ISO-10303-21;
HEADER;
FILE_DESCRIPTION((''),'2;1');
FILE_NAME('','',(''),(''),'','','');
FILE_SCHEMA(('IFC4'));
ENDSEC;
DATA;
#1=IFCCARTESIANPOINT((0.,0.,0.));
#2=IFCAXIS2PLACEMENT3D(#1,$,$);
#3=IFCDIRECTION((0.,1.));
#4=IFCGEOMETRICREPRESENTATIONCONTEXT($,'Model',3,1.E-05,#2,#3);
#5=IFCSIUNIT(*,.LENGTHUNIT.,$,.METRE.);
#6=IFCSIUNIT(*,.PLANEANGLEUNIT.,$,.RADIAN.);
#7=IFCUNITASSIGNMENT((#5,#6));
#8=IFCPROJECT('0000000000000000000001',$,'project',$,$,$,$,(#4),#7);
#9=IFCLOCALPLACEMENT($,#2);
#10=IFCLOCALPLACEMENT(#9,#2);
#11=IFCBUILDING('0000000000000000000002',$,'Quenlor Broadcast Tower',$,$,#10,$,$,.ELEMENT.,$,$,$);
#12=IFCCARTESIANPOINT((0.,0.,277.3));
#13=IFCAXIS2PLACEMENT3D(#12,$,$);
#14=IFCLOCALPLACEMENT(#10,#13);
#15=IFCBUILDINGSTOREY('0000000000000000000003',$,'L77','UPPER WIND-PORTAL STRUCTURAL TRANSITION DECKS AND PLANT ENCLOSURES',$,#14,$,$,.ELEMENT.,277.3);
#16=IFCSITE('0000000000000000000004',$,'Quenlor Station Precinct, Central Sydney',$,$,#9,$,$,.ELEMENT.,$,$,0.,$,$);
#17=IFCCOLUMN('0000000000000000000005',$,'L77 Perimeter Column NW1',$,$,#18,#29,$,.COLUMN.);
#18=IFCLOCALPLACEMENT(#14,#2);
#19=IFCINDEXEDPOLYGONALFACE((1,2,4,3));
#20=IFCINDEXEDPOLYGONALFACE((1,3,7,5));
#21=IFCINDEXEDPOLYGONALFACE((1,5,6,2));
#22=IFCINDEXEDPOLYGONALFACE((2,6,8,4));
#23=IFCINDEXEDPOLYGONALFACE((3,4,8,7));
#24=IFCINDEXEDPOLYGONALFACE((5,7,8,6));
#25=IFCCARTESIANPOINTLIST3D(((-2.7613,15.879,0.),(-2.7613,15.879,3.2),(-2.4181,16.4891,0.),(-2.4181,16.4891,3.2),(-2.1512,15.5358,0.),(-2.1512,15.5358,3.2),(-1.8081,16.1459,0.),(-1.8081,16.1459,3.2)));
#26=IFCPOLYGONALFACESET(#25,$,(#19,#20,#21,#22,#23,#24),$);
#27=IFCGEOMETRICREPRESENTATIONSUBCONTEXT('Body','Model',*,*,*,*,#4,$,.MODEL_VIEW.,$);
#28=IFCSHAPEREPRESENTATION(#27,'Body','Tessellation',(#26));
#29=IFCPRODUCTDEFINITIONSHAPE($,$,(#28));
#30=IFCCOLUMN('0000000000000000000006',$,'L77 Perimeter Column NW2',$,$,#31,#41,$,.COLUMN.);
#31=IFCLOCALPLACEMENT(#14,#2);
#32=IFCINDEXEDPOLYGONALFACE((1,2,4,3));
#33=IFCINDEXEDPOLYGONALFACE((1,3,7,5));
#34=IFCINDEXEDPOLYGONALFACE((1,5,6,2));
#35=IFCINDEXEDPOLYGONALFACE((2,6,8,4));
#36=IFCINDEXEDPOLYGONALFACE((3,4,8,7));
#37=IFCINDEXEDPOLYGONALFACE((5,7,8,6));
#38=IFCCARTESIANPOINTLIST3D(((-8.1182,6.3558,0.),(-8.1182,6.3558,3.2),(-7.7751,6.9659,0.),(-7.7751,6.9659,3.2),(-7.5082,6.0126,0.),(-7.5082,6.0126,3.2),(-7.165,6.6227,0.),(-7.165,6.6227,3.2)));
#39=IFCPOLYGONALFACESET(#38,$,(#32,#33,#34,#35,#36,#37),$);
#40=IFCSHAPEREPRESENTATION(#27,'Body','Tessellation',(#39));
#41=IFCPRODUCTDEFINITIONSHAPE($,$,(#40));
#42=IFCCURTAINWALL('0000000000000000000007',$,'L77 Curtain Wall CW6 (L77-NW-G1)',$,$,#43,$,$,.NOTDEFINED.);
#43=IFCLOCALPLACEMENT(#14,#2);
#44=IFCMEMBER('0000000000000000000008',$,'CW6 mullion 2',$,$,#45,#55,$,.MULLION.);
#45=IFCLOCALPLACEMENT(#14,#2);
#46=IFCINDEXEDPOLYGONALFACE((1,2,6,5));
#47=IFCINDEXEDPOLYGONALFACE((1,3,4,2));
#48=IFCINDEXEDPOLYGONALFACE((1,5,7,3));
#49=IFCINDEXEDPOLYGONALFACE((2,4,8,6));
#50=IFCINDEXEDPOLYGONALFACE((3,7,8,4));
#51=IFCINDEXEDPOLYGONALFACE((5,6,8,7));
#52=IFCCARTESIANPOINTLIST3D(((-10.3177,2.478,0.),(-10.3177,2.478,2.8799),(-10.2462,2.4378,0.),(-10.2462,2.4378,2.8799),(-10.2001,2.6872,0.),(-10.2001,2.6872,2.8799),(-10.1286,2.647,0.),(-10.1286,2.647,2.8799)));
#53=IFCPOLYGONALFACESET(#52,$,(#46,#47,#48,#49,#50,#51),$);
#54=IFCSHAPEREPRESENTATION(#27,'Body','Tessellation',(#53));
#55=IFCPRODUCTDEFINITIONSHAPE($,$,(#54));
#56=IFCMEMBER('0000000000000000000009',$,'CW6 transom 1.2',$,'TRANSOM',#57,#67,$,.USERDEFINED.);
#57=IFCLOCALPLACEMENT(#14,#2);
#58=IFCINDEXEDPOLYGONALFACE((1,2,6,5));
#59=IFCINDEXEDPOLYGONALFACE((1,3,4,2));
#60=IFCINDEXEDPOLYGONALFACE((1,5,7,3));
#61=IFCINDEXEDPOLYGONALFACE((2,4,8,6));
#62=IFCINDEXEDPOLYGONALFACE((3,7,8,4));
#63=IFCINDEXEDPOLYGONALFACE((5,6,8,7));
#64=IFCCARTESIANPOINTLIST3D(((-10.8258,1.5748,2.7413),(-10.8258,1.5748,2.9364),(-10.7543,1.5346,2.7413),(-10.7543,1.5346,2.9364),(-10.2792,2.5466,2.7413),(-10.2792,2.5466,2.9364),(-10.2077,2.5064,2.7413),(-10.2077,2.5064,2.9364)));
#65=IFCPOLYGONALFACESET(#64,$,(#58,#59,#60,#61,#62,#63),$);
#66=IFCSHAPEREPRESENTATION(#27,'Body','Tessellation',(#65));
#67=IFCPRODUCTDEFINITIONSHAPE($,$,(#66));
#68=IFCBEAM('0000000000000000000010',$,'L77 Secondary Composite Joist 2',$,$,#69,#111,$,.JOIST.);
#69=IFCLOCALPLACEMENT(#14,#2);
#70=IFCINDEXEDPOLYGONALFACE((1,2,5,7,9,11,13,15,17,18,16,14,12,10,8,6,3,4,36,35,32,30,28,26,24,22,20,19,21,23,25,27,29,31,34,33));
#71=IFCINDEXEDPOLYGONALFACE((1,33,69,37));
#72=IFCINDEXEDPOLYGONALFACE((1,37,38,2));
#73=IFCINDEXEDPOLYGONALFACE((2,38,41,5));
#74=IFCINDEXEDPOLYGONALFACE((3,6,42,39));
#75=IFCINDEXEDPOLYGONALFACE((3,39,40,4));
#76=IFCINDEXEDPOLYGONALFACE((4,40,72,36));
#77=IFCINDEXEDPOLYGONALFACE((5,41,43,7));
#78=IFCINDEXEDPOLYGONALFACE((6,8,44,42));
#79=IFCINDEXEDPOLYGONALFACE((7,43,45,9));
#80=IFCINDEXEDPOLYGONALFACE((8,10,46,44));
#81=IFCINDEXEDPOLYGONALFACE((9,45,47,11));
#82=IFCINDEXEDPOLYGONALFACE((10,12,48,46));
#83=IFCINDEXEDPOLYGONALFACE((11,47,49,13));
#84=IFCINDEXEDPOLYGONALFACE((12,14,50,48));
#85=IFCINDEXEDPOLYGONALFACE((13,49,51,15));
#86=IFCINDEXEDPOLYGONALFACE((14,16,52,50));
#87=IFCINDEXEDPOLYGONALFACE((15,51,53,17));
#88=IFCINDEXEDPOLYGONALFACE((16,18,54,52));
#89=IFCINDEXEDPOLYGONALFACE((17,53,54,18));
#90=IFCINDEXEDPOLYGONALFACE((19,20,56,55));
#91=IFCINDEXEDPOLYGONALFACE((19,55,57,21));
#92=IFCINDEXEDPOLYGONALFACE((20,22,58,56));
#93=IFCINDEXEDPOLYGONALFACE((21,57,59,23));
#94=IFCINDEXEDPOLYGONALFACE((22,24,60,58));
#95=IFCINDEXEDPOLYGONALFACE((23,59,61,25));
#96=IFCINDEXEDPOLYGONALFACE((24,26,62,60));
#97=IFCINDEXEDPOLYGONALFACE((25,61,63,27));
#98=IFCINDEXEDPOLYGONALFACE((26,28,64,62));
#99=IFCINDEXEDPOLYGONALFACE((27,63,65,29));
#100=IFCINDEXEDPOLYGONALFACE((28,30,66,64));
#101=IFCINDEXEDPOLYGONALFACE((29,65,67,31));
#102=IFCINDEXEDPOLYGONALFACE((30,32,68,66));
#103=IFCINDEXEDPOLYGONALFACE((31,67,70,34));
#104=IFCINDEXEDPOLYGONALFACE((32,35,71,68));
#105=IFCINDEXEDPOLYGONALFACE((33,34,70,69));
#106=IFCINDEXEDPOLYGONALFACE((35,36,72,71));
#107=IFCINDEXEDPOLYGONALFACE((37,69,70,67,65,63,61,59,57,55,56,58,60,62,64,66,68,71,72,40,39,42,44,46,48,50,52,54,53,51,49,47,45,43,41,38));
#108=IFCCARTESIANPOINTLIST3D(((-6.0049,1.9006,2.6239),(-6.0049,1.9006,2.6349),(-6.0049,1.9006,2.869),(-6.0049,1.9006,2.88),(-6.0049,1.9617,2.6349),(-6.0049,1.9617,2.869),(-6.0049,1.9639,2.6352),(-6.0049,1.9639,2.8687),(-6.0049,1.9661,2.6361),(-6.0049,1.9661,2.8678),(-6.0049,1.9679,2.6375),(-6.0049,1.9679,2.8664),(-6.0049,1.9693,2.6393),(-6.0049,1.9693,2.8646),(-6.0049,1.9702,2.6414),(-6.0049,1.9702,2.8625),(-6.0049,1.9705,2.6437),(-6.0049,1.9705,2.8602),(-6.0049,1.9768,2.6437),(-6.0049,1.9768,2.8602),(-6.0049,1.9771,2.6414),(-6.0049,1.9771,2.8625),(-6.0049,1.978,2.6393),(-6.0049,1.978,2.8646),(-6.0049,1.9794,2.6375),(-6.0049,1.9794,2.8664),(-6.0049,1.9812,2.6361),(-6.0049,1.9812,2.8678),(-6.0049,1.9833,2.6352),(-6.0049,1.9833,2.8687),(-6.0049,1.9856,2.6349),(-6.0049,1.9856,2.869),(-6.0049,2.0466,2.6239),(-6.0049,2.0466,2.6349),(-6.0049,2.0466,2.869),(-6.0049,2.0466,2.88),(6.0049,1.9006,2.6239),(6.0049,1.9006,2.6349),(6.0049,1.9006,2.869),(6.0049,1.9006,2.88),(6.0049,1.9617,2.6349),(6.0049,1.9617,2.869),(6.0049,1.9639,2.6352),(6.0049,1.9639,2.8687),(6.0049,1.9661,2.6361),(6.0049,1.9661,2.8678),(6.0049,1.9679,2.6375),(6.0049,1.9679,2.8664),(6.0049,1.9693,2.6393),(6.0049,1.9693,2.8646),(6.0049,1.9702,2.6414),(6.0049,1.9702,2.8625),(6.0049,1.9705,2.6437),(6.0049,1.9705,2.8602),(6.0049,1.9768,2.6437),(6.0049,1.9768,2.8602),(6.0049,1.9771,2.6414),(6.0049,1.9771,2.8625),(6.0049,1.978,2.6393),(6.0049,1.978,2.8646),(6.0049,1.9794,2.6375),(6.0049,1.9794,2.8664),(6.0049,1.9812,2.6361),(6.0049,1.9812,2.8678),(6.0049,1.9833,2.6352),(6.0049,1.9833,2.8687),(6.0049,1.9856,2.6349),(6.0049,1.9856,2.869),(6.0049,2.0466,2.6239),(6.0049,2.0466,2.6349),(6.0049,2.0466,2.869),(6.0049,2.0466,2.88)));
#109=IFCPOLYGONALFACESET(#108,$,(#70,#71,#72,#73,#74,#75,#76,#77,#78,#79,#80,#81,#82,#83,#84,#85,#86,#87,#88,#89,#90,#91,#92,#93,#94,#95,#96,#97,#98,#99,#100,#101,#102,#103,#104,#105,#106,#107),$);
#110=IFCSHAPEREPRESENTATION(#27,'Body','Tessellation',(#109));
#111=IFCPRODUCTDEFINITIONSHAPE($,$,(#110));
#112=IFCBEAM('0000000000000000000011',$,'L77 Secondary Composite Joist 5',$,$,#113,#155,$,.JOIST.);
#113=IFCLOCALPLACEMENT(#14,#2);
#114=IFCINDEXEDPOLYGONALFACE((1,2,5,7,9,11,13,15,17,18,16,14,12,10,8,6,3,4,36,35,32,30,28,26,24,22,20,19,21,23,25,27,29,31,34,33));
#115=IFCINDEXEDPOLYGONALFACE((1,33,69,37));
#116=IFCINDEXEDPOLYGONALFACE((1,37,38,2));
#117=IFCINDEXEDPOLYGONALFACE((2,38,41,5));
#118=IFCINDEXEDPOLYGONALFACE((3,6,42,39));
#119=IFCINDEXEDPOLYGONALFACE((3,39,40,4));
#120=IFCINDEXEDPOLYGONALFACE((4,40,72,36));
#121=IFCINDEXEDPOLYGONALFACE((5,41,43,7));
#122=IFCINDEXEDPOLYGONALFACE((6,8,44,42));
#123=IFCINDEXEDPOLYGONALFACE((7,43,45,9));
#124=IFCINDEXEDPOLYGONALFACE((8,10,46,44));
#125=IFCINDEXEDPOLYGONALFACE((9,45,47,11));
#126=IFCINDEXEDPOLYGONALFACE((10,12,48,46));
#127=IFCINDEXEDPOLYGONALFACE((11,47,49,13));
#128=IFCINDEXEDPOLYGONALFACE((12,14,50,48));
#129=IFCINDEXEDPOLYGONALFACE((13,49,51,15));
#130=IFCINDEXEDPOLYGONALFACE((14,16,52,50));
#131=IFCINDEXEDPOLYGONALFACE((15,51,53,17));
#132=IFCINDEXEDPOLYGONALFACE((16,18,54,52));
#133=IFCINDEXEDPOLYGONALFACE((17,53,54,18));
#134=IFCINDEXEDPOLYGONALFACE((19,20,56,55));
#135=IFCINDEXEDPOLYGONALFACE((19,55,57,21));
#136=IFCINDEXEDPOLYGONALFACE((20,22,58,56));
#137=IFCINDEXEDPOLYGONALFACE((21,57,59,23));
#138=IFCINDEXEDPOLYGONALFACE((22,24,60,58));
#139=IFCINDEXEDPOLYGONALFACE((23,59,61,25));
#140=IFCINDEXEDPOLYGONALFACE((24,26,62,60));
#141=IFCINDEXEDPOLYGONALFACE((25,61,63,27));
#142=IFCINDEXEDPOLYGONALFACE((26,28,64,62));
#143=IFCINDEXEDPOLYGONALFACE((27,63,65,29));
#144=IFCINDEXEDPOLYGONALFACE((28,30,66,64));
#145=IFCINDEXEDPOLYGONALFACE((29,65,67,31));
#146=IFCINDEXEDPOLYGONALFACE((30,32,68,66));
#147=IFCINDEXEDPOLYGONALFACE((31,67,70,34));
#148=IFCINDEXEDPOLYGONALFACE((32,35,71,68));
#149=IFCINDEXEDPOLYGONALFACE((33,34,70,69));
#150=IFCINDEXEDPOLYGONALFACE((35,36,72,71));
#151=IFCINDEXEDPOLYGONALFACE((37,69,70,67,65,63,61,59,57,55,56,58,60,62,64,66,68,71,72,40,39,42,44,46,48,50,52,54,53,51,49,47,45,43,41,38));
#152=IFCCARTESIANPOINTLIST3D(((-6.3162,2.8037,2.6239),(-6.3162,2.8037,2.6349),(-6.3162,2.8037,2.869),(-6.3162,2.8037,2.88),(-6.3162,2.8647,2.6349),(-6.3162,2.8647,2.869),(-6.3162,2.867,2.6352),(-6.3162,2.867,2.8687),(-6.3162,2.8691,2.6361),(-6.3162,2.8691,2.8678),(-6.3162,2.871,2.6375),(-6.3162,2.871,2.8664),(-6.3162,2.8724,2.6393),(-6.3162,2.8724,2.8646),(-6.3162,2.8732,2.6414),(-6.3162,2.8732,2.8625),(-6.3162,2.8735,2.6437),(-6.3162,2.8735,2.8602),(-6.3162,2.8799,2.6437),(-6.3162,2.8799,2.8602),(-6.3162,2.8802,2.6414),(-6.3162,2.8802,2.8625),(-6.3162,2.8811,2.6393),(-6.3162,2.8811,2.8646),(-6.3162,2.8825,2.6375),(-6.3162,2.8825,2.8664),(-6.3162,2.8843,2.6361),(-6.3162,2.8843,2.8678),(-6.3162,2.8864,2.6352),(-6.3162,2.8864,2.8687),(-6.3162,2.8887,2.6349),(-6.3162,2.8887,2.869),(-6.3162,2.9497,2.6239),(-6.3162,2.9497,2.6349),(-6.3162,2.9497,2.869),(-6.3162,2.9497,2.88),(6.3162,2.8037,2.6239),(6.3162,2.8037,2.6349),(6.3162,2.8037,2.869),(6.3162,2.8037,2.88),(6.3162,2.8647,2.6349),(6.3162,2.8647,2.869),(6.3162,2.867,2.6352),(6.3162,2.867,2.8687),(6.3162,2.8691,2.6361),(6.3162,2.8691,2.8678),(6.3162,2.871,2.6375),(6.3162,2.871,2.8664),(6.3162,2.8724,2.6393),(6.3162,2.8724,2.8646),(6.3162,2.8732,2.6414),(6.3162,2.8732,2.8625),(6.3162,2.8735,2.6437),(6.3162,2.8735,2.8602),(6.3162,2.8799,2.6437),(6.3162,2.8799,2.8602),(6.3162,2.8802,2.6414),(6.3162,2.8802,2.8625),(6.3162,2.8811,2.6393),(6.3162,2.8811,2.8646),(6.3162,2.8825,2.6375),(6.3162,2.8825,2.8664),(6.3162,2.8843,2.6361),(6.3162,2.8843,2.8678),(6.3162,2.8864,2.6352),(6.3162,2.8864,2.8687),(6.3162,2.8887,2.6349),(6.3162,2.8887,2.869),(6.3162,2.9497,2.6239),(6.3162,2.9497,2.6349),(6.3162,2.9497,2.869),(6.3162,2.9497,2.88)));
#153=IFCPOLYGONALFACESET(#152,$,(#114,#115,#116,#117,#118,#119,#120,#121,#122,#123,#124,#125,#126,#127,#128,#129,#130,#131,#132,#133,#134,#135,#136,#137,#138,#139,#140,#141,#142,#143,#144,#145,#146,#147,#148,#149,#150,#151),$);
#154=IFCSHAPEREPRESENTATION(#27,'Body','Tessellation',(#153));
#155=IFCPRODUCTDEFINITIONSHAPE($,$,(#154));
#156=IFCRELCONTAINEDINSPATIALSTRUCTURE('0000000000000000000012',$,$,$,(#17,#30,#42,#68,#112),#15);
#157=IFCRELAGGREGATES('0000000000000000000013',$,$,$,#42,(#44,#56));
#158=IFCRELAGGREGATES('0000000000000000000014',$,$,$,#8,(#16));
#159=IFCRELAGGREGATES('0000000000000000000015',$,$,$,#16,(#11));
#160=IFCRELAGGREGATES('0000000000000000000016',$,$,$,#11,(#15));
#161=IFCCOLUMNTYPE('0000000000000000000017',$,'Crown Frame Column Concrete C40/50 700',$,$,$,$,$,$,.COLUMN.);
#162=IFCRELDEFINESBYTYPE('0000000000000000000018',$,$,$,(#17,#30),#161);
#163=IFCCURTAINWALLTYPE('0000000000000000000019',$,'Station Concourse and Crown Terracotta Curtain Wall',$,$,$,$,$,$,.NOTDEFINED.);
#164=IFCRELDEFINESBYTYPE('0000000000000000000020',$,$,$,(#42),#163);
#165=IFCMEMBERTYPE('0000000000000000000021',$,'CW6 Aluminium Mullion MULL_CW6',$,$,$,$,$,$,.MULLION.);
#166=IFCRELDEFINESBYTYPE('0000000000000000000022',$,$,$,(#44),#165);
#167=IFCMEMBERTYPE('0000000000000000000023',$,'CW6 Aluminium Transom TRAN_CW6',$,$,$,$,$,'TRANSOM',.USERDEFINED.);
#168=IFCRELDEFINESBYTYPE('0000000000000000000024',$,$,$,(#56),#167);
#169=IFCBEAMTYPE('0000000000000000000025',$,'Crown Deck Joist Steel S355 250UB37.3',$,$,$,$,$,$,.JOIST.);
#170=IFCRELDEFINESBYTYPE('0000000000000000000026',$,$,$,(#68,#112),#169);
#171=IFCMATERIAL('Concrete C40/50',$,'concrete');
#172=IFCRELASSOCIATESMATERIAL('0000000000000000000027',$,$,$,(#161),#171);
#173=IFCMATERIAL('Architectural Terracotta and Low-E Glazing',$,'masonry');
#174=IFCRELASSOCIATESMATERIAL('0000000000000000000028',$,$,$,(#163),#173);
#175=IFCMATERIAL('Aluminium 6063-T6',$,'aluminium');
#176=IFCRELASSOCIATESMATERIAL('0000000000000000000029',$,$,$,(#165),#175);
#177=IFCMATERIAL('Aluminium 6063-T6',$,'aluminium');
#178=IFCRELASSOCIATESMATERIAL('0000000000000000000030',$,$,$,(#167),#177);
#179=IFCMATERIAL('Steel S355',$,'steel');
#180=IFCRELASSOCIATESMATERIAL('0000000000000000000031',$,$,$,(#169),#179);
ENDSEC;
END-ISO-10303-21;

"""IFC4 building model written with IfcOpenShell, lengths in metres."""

from ifc_helpers import new_model, si_unit, direction, frame, origin, origin_2d, place, context, subcontext, project, spatial, rectangle, i_section, extrude, material, material_profile, profile_set, type_object, element, aggregate, save


model = new_model("IFC4")

# Units and contexts
model_context = context("Model", 3, precision=1e-05, world=origin(), true_north=direction((0.0, 1.0)))
body_context = subcontext(model_context, "Body", "Model", "MODEL_VIEW")
ifc_project = project(units=[si_unit("LENGTHUNIT", "METRE"), si_unit("PLANEANGLEUNIT", "RADIAN")], contexts=[model_context])

# Site, building, storey
site_placement = place(None, origin())
site = spatial("IfcSite", under=ifc_project, at=site_placement, Name="Quenlor Station Precinct, Central Sydney", CompositionType="ELEMENT", RefElevation=0.0)
building_placement = place(site_placement, origin())
building = spatial("IfcBuilding", under=site, at=building_placement, Name="Quenlor Broadcast Tower", CompositionType="ELEMENT")
storey_placement = place(building_placement, frame((0.0, 0.0, 277.3)))
storey = spatial("IfcBuildingStorey", under=building, at=storey_placement, Name="L77", Description="UPPER WIND-PORTAL STRUCTURAL TRANSITION DECKS AND PLANT ENCLOSURES", CompositionType="ELEMENT", Elevation=277.3)

# Columns
ifc_material_1 = material(Name="Concrete C40/50", Category="concrete")
ifc_material_profile_1 = material_profile(ifc_material_1, rectangle(XDim=0.7, YDim=0.7, at=origin_2d()))
ifc_profile_set_1 = profile_set([ifc_material_profile_1], Name="Concrete C40/50 RC700x700")
column_type = type_object("IfcColumnType", Name="Crown Frame Column Concrete C40/50 700", PredefinedType="COLUMN", material=ifc_profile_set_1)
for number, where, z_axis, x_axis, name in (
    (1, (-2.2847, 16.0125, 0.0), (0.0, 0.0, 1.0), (-0.871575, 0.490262, 0.0), "L77 Perimeter Column NW1"),
    (2, (-7.6416, 6.4893, 0.0), (0.0, 0.0, 1.0), (-0.871575, 0.490262, 0.0), "L77 Perimeter Column NW2"),
):
    element("IfcColumn", number, at=place(storey_placement, frame(where, z_axis=z_axis, x_axis=x_axis)), inside=storey, type_object=column_type, Name=name, PredefinedType="COLUMN", context=body_context, shape_type="SweptSolid", body=[
        extrude(rectangle(XDim=0.7, YDim=0.7, at=origin_2d()), origin(), (0.0, 0.0, 1.0), 3.2),
    ])

# Curtain wall, members
ifc_material_2 = material(Name="Architectural Terracotta and Low-E Glazing", Category="masonry")
curtain_wall_type = type_object("IfcCurtainWallType", Name="Station Concourse and Crown Terracotta Curtain Wall", PredefinedType="NOTDEFINED", material=ifc_material_2)
curtain_wall_placement = place(storey_placement, origin())
curtain_wall = element("IfcCurtainWall", 3, at=curtain_wall_placement, inside=storey, type_object=curtain_wall_type, Name="L77 Curtain Wall CW6 (L77-NW-G1)", PredefinedType="NOTDEFINED")
ifc_material_3 = material(Name="Aluminium 6063-T6", Category="aluminium")
ifc_material_profile_2 = material_profile(ifc_material_3, rectangle(XDim=0.082, YDim=0.24, at=origin_2d()))
ifc_profile_set_2 = profile_set([ifc_material_profile_2], Name="Aluminium 6063-T6 MULL82x240")
member_type_1 = type_object("IfcMemberType", Name="CW6 Aluminium Mullion MULL_CW6", PredefinedType="MULLION", material=ifc_profile_set_2)
member_1_placement = place(storey_placement, frame((-10.2231, 2.5625, 0.0), z_axis=(0.0, 0.0, 1.0), x_axis=(-0.871553, 0.490302, 0.0)))
member_1 = element("IfcMember", 4, at=member_1_placement, type_object=member_type_1, Name="CW6 mullion 2", PredefinedType="MULLION", context=body_context, shape_type="SweptSolid", body=[
    extrude(rectangle(XDim=0.082, YDim=0.24, at=origin_2d()), origin(), (0.0, 0.0, 1.0), 2.8799),
])
ifc_material_4 = material(Name="Aluminium 6063-T6", Category="aluminium")
ifc_material_profile_3 = material_profile(ifc_material_4, rectangle(XDim=0.082, YDim=0.1951, at=origin_2d()))
ifc_profile_set_3 = profile_set([ifc_material_profile_3], Name="Aluminium 6063-T6 TRAN82x195")
member_type_2 = type_object("IfcMemberType", Name="CW6 Aluminium Transom TRAN_CW6", ElementType="TRANSOM", PredefinedType="USERDEFINED", material=ifc_profile_set_3)
member_2_placement = place(storey_placement, frame((-10.79, 1.5547, 2.8389), z_axis=(0.490209, 0.871605, 0.0), x_axis=(-0.871605, 0.490209, 0.0)))
member_2 = element("IfcMember", 5, at=member_2_placement, type_object=member_type_2, Name="CW6 transom 1.2", ObjectType="TRANSOM", PredefinedType="USERDEFINED", context=body_context, shape_type="SweptSolid", body=[
    extrude(rectangle(XDim=0.082, YDim=0.1951, at=origin_2d()), origin(), (0.0, 0.0, 1.0), 1.115),
])

# Beams
ifc_material_5 = material(Name="Steel S355", Category="steel")
ifc_material_profile_4 = material_profile(ifc_material_5, i_section(OverallWidth=0.146, OverallDepth=0.2561, WebThickness=0.0063, FlangeThickness=0.011, FilletRadius=0.0088, at=origin_2d()))
ifc_profile_set_4 = profile_set([ifc_material_profile_4], Name="Steel S355 250UB37.3")
beam_type_1 = type_object("IfcBeamType", Name="Crown Deck Joist Steel S355 250UB37.3", PredefinedType="JOIST", material=ifc_profile_set_4)
beam_1_placement = place(storey_placement, frame((-6.0049, 1.9736, 2.752), z_axis=(1.0, 0.0, 0.0), x_axis=(0.0, 1.0, 0.0)))
element("IfcBeam", 6, at=beam_1_placement, inside=storey, type_object=beam_type_1, Name="L77 Secondary Composite Joist 2", PredefinedType="JOIST", context=body_context, shape_type="SweptSolid", body=[
    extrude(i_section(OverallWidth=0.146, OverallDepth=0.2561, WebThickness=0.0063, FlangeThickness=0.011, FilletRadius=0.0088, at=origin_2d()), origin(), (0.0, 0.0, 1.0), 12.0098),
])
beam_2_placement = place(storey_placement, frame((-6.3162, 2.8767, 2.752), z_axis=(1.0, 0.0, 0.0), x_axis=(0.0, 1.0, 0.0)))
element("IfcBeam", 7, at=beam_2_placement, inside=storey, type_object=beam_type_1, Name="L77 Secondary Composite Joist 5", PredefinedType="JOIST", context=body_context, shape_type="SweptSolid", body=[
    extrude(i_section(OverallWidth=0.146, OverallDepth=0.2561, WebThickness=0.0063, FlangeThickness=0.011, FilletRadius=0.0088, at=origin_2d()), origin(), (0.0, 0.0, 1.0), 12.6323),
])

aggregate(curtain_wall, [member_1, member_2])

save(model, "model.ifc")
